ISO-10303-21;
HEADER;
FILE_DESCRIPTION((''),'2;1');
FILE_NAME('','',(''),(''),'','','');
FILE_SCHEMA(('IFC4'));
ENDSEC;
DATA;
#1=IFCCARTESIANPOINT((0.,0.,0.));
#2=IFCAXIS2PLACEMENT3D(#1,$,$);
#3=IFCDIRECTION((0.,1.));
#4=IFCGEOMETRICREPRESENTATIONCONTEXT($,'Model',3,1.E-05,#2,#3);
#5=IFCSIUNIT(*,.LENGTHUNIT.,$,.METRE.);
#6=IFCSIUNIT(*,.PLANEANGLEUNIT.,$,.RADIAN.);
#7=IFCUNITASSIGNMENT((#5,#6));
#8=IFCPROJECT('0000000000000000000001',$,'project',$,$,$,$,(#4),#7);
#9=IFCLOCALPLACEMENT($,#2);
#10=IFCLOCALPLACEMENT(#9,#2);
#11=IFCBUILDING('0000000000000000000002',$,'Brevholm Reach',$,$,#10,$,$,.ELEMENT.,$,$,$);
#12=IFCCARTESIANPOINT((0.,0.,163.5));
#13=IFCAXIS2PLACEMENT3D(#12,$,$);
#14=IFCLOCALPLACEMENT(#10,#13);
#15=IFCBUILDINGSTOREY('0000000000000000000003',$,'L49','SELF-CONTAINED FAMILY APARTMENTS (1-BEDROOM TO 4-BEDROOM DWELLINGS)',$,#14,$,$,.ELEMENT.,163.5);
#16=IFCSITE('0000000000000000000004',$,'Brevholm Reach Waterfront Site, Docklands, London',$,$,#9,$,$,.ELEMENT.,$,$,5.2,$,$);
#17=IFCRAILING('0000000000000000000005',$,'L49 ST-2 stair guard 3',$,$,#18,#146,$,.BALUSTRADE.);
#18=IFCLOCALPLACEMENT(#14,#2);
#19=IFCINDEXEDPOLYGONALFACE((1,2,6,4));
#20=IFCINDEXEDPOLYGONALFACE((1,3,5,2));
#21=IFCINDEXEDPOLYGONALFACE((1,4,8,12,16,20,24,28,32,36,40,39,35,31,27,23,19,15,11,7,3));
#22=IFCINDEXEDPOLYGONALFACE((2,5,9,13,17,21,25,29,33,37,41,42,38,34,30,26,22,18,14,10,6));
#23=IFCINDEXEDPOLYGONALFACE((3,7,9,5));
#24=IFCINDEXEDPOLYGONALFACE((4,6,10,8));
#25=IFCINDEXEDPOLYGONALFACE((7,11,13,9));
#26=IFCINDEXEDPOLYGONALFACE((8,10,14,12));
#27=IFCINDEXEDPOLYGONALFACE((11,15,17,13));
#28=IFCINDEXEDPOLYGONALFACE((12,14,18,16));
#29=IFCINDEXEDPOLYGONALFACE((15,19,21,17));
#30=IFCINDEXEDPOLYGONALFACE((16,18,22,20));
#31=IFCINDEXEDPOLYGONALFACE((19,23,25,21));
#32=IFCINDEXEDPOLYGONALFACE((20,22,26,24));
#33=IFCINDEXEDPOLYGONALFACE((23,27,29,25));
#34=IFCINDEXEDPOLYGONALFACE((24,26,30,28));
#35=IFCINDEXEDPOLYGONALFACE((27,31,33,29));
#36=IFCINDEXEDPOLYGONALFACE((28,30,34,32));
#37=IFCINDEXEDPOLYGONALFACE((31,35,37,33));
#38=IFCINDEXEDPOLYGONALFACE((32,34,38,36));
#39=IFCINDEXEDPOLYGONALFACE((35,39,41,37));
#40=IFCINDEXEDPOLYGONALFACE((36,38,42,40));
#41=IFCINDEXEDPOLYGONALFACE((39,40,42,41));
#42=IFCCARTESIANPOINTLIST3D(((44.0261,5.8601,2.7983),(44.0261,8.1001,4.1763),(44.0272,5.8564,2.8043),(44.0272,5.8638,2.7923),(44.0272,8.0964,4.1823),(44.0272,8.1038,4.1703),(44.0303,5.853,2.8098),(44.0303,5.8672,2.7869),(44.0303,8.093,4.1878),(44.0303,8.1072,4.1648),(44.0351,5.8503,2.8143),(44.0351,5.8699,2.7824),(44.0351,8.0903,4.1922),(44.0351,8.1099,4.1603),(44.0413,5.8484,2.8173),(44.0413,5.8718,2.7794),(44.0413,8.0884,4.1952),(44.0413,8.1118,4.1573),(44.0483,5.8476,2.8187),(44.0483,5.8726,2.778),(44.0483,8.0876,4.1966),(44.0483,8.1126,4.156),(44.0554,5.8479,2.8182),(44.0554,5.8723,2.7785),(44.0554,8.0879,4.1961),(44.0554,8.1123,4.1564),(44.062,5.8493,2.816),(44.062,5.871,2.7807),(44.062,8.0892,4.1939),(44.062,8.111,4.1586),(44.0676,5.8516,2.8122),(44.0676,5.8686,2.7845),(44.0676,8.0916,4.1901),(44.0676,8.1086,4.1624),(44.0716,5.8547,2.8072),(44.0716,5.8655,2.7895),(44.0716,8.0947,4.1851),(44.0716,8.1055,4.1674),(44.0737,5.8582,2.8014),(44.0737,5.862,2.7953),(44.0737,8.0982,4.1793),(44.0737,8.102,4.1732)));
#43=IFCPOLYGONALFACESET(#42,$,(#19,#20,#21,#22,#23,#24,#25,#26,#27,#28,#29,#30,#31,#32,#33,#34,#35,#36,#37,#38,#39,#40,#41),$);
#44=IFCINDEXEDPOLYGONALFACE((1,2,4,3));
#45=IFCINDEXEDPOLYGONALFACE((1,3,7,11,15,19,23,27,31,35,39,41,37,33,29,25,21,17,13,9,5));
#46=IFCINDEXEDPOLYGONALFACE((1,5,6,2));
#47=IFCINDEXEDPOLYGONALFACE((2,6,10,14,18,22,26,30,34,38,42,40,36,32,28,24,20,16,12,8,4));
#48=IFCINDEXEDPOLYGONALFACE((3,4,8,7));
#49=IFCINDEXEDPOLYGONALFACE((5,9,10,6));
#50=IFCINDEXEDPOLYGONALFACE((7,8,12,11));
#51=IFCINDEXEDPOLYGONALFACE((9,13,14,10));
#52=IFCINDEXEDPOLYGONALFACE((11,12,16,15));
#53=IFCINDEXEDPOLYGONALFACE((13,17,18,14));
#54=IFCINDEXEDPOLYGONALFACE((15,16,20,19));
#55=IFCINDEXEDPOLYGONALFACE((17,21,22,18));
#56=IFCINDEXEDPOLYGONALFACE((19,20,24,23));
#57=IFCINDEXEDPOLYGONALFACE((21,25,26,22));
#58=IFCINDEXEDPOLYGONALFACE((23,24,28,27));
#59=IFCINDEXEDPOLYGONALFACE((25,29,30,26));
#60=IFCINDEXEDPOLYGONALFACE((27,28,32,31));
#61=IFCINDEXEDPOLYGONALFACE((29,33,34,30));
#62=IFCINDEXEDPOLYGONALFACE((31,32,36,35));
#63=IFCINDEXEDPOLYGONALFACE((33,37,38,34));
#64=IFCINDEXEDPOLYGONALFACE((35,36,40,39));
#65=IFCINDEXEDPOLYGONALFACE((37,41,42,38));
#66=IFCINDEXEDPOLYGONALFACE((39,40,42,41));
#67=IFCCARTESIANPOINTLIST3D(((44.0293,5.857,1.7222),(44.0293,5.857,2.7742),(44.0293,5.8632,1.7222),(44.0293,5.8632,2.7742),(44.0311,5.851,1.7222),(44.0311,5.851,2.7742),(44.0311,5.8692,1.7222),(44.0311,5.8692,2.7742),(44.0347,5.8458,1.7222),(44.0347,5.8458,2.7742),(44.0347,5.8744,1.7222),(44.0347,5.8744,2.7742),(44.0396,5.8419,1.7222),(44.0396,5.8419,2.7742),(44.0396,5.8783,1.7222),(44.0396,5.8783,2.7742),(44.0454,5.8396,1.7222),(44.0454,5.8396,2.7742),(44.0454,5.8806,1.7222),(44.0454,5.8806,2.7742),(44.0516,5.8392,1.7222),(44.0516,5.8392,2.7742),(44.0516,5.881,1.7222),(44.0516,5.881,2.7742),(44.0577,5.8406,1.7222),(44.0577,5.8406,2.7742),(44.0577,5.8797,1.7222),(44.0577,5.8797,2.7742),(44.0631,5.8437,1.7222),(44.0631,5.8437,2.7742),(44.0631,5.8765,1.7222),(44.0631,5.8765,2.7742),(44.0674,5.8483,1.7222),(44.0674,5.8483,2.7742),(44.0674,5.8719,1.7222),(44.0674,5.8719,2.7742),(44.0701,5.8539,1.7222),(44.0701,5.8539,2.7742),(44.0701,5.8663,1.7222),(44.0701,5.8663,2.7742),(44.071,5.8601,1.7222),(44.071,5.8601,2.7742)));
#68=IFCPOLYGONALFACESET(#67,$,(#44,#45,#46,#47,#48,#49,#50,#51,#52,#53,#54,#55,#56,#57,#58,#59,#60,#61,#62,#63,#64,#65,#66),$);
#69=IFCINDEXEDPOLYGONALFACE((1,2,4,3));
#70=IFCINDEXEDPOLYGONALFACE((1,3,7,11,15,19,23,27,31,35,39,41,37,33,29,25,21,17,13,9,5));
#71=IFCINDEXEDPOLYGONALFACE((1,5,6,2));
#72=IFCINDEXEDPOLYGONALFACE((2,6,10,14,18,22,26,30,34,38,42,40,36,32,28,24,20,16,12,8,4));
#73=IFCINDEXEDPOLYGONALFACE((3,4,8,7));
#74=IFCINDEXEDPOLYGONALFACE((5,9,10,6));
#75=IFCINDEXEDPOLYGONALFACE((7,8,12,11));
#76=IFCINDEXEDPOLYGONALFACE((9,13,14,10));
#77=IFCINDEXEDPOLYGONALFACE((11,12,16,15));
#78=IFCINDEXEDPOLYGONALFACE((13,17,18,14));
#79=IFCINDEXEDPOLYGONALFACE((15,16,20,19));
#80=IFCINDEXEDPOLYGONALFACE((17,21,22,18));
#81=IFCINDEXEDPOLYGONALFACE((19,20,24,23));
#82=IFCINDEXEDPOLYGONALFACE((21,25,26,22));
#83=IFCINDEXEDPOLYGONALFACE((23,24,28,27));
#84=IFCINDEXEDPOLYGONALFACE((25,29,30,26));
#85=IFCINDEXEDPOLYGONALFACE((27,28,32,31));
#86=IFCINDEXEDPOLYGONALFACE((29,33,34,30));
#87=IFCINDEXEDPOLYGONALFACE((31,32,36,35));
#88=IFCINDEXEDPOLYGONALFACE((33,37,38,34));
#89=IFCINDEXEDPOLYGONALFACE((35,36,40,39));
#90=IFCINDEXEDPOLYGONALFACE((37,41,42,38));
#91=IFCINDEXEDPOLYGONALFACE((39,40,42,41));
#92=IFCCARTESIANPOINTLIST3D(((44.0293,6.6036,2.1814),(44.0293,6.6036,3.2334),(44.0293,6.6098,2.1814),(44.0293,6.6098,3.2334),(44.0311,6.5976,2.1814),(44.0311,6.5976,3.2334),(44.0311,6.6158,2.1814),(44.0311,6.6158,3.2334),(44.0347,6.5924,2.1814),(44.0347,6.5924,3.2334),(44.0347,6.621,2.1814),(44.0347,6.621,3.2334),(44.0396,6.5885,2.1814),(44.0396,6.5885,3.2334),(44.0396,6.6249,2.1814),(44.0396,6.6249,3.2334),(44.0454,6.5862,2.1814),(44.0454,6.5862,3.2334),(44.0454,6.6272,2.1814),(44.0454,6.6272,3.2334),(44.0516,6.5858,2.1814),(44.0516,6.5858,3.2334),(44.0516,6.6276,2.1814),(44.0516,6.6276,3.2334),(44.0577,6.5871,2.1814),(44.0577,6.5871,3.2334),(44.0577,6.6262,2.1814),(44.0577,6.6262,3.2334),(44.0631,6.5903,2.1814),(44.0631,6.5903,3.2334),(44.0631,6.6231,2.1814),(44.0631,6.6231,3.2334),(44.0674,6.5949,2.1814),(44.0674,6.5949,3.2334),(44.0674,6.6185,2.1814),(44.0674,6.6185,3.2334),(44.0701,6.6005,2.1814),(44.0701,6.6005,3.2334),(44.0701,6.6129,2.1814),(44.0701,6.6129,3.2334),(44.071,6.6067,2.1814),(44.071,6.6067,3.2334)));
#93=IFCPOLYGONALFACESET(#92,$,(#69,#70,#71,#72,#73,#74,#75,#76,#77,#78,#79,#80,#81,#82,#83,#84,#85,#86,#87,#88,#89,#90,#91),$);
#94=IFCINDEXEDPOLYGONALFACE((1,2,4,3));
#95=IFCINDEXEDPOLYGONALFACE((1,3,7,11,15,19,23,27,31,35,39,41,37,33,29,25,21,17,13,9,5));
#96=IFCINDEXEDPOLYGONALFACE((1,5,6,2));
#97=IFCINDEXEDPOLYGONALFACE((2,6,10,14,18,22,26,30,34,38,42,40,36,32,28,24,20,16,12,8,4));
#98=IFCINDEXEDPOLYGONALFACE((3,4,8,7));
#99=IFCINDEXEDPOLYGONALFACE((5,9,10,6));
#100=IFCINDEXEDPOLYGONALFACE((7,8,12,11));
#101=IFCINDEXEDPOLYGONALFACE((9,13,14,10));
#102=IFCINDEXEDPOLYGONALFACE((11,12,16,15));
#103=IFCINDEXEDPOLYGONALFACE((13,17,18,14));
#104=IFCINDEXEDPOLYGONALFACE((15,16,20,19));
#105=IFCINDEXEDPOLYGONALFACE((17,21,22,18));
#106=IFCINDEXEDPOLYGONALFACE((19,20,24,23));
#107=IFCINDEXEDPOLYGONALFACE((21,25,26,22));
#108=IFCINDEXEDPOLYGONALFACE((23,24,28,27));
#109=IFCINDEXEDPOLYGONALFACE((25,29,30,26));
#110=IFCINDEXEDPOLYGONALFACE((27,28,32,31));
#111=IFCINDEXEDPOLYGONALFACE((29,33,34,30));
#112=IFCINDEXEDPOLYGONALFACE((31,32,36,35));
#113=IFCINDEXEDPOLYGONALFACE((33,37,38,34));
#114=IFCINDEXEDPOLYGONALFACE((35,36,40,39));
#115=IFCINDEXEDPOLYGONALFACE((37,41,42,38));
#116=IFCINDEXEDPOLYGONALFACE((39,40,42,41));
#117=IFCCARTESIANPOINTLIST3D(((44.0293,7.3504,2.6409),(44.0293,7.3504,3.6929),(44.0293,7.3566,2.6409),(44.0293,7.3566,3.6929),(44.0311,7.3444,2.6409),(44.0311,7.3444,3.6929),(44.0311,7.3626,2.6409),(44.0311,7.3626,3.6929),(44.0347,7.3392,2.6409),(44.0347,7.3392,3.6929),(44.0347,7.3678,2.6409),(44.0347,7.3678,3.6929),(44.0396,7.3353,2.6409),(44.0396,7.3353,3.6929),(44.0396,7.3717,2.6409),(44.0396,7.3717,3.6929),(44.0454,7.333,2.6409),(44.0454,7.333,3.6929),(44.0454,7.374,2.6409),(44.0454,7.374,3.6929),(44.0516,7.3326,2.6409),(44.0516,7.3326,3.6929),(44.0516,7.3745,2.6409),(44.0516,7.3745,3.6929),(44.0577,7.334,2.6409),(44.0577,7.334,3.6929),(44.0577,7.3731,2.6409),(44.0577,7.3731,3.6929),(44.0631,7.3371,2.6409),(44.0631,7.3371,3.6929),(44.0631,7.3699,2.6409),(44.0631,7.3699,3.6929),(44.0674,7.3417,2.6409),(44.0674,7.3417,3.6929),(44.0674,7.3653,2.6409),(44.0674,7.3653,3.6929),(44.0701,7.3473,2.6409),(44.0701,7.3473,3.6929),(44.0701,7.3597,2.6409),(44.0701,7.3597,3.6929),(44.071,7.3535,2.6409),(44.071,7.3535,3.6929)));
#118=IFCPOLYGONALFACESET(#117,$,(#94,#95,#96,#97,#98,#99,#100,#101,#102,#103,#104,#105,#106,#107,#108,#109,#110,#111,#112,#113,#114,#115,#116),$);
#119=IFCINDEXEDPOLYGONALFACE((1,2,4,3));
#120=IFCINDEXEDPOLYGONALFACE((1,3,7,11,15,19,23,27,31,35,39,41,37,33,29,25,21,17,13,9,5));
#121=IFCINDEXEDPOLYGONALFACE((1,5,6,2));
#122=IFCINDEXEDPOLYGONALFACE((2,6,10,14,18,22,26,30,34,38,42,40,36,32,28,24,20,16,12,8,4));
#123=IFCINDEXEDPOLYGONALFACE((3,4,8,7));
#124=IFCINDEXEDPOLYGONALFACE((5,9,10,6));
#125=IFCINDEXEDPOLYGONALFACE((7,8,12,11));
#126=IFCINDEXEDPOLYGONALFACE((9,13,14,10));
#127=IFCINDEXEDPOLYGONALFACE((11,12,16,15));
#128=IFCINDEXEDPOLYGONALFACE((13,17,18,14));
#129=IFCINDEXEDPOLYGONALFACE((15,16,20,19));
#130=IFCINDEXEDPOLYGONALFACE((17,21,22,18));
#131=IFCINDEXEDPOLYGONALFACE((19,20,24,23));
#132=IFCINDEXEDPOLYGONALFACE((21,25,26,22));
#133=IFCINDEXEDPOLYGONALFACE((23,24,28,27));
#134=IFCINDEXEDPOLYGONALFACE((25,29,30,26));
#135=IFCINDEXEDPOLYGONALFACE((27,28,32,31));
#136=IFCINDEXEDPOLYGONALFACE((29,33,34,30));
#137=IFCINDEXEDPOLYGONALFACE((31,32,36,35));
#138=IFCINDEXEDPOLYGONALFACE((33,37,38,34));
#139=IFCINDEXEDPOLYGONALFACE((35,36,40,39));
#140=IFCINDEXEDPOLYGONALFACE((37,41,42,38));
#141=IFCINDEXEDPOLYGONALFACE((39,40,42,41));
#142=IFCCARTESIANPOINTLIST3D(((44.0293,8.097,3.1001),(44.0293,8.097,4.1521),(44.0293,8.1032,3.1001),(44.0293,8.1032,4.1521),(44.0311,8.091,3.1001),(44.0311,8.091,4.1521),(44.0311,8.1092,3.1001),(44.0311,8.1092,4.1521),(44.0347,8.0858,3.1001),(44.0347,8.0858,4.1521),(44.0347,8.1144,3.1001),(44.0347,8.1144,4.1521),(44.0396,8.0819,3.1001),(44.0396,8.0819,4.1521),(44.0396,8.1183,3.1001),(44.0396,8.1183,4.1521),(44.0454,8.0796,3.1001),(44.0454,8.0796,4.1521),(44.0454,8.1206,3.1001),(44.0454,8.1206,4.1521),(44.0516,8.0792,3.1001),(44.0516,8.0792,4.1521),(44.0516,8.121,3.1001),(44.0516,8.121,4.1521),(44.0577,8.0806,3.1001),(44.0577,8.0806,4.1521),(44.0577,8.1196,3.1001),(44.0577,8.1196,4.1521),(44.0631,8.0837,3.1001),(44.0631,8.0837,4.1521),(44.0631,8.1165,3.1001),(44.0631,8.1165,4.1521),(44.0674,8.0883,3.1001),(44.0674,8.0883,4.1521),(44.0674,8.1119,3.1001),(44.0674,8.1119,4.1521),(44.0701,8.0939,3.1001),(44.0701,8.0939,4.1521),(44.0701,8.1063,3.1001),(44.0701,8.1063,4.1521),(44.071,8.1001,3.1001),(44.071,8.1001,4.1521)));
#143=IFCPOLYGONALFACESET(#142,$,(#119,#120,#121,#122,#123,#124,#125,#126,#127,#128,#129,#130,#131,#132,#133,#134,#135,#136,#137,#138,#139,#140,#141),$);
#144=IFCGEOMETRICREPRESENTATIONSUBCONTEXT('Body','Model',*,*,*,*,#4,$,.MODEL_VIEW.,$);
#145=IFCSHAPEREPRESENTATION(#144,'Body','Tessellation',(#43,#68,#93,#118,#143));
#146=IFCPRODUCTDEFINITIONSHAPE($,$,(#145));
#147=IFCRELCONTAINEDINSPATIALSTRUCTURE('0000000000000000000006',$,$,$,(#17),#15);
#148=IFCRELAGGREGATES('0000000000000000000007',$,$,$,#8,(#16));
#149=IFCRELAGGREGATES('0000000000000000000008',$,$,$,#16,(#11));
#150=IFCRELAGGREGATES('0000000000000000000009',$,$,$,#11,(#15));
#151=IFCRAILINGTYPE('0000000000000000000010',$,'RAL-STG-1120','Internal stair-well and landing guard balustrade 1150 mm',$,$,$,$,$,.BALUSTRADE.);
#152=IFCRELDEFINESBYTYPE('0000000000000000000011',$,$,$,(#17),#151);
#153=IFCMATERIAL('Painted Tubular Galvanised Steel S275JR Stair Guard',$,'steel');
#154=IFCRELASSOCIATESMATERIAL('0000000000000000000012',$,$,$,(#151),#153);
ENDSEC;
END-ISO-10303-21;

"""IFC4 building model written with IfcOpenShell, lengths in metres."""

from ifc_helpers import new_model, si_unit, direction, frame, origin, origin_2d, place, context, subcontext, project, spatial, circle, extrude, material, type_object, element, save


model = new_model("IFC4")

# Units and contexts
model_context = context("Model", 3, precision=1e-05, world=origin(), true_north=direction((0.0, 1.0)))
body_context = subcontext(model_context, "Body", "Model", "MODEL_VIEW")
ifc_project = project(units=[si_unit("LENGTHUNIT", "METRE"), si_unit("PLANEANGLEUNIT", "RADIAN")], contexts=[model_context])

# Site, building, storey
site_placement = place(None, origin())
site = spatial("IfcSite", under=ifc_project, at=site_placement, Name="Brevholm Reach Waterfront Site, Docklands, London", CompositionType="ELEMENT", RefElevation=5.2)
building_placement = place(site_placement, origin())
building = spatial("IfcBuilding", under=site, at=building_placement, Name="Brevholm Reach", CompositionType="ELEMENT")
storey_placement = place(building_placement, frame((0.0, 0.0, 163.5)))
storey = spatial("IfcBuildingStorey", under=building, at=storey_placement, Name="L49", Description="SELF-CONTAINED FAMILY APARTMENTS (1-BEDROOM TO 4-BEDROOM DWELLINGS)", CompositionType="ELEMENT", Elevation=163.5)

# Railing
ifc_material_1 = material(Name="Painted Tubular Galvanised Steel S275JR Stair Guard", Category="steel")
railing_type_1 = type_object("IfcRailingType", Name="RAL-STG-1120", Description="Internal stair-well and landing guard balustrade 1150 mm", PredefinedType="BALUSTRADE", material=ifc_material_1)
railing_1_placement = place(storey_placement, frame((44.05, 5.8601, 1.7222)))
element("IfcRailing", 1, at=railing_1_placement, inside=storey, type_object=railing_type_1, Name="L49 ST-2 stair guard 3", PredefinedType="BALUSTRADE", context=body_context, shape_type="SweptSolid", body=[
    extrude(circle(Radius=0.0239, at=origin_2d()), frame((0.0, 0.0, 1.0762), z_axis=(0.0, 0.851748, 0.523952), x_axis=(-1.0, 0.0, 0.0)), (0.0, 0.0, 1.0), 2.6299),
    extrude(circle(Radius=0.021, at=origin_2d()), origin(), (0.0, 0.0, 1.0), 1.052),
    extrude(circle(Radius=0.021, at=origin_2d()), frame((0.0, 0.7466, 0.4592)), (0.0, 0.0, 1.0), 1.052),
    extrude(circle(Radius=0.021, at=origin_2d()), frame((0.0, 1.4934, 0.9187)), (0.0, 0.0, 1.0), 1.052),
    extrude(circle(Radius=0.021, at=origin_2d()), frame((0.0, 2.24, 1.3779)), (0.0, 0.0, 1.0), 1.052),
])

save(model, "model.ifc")
